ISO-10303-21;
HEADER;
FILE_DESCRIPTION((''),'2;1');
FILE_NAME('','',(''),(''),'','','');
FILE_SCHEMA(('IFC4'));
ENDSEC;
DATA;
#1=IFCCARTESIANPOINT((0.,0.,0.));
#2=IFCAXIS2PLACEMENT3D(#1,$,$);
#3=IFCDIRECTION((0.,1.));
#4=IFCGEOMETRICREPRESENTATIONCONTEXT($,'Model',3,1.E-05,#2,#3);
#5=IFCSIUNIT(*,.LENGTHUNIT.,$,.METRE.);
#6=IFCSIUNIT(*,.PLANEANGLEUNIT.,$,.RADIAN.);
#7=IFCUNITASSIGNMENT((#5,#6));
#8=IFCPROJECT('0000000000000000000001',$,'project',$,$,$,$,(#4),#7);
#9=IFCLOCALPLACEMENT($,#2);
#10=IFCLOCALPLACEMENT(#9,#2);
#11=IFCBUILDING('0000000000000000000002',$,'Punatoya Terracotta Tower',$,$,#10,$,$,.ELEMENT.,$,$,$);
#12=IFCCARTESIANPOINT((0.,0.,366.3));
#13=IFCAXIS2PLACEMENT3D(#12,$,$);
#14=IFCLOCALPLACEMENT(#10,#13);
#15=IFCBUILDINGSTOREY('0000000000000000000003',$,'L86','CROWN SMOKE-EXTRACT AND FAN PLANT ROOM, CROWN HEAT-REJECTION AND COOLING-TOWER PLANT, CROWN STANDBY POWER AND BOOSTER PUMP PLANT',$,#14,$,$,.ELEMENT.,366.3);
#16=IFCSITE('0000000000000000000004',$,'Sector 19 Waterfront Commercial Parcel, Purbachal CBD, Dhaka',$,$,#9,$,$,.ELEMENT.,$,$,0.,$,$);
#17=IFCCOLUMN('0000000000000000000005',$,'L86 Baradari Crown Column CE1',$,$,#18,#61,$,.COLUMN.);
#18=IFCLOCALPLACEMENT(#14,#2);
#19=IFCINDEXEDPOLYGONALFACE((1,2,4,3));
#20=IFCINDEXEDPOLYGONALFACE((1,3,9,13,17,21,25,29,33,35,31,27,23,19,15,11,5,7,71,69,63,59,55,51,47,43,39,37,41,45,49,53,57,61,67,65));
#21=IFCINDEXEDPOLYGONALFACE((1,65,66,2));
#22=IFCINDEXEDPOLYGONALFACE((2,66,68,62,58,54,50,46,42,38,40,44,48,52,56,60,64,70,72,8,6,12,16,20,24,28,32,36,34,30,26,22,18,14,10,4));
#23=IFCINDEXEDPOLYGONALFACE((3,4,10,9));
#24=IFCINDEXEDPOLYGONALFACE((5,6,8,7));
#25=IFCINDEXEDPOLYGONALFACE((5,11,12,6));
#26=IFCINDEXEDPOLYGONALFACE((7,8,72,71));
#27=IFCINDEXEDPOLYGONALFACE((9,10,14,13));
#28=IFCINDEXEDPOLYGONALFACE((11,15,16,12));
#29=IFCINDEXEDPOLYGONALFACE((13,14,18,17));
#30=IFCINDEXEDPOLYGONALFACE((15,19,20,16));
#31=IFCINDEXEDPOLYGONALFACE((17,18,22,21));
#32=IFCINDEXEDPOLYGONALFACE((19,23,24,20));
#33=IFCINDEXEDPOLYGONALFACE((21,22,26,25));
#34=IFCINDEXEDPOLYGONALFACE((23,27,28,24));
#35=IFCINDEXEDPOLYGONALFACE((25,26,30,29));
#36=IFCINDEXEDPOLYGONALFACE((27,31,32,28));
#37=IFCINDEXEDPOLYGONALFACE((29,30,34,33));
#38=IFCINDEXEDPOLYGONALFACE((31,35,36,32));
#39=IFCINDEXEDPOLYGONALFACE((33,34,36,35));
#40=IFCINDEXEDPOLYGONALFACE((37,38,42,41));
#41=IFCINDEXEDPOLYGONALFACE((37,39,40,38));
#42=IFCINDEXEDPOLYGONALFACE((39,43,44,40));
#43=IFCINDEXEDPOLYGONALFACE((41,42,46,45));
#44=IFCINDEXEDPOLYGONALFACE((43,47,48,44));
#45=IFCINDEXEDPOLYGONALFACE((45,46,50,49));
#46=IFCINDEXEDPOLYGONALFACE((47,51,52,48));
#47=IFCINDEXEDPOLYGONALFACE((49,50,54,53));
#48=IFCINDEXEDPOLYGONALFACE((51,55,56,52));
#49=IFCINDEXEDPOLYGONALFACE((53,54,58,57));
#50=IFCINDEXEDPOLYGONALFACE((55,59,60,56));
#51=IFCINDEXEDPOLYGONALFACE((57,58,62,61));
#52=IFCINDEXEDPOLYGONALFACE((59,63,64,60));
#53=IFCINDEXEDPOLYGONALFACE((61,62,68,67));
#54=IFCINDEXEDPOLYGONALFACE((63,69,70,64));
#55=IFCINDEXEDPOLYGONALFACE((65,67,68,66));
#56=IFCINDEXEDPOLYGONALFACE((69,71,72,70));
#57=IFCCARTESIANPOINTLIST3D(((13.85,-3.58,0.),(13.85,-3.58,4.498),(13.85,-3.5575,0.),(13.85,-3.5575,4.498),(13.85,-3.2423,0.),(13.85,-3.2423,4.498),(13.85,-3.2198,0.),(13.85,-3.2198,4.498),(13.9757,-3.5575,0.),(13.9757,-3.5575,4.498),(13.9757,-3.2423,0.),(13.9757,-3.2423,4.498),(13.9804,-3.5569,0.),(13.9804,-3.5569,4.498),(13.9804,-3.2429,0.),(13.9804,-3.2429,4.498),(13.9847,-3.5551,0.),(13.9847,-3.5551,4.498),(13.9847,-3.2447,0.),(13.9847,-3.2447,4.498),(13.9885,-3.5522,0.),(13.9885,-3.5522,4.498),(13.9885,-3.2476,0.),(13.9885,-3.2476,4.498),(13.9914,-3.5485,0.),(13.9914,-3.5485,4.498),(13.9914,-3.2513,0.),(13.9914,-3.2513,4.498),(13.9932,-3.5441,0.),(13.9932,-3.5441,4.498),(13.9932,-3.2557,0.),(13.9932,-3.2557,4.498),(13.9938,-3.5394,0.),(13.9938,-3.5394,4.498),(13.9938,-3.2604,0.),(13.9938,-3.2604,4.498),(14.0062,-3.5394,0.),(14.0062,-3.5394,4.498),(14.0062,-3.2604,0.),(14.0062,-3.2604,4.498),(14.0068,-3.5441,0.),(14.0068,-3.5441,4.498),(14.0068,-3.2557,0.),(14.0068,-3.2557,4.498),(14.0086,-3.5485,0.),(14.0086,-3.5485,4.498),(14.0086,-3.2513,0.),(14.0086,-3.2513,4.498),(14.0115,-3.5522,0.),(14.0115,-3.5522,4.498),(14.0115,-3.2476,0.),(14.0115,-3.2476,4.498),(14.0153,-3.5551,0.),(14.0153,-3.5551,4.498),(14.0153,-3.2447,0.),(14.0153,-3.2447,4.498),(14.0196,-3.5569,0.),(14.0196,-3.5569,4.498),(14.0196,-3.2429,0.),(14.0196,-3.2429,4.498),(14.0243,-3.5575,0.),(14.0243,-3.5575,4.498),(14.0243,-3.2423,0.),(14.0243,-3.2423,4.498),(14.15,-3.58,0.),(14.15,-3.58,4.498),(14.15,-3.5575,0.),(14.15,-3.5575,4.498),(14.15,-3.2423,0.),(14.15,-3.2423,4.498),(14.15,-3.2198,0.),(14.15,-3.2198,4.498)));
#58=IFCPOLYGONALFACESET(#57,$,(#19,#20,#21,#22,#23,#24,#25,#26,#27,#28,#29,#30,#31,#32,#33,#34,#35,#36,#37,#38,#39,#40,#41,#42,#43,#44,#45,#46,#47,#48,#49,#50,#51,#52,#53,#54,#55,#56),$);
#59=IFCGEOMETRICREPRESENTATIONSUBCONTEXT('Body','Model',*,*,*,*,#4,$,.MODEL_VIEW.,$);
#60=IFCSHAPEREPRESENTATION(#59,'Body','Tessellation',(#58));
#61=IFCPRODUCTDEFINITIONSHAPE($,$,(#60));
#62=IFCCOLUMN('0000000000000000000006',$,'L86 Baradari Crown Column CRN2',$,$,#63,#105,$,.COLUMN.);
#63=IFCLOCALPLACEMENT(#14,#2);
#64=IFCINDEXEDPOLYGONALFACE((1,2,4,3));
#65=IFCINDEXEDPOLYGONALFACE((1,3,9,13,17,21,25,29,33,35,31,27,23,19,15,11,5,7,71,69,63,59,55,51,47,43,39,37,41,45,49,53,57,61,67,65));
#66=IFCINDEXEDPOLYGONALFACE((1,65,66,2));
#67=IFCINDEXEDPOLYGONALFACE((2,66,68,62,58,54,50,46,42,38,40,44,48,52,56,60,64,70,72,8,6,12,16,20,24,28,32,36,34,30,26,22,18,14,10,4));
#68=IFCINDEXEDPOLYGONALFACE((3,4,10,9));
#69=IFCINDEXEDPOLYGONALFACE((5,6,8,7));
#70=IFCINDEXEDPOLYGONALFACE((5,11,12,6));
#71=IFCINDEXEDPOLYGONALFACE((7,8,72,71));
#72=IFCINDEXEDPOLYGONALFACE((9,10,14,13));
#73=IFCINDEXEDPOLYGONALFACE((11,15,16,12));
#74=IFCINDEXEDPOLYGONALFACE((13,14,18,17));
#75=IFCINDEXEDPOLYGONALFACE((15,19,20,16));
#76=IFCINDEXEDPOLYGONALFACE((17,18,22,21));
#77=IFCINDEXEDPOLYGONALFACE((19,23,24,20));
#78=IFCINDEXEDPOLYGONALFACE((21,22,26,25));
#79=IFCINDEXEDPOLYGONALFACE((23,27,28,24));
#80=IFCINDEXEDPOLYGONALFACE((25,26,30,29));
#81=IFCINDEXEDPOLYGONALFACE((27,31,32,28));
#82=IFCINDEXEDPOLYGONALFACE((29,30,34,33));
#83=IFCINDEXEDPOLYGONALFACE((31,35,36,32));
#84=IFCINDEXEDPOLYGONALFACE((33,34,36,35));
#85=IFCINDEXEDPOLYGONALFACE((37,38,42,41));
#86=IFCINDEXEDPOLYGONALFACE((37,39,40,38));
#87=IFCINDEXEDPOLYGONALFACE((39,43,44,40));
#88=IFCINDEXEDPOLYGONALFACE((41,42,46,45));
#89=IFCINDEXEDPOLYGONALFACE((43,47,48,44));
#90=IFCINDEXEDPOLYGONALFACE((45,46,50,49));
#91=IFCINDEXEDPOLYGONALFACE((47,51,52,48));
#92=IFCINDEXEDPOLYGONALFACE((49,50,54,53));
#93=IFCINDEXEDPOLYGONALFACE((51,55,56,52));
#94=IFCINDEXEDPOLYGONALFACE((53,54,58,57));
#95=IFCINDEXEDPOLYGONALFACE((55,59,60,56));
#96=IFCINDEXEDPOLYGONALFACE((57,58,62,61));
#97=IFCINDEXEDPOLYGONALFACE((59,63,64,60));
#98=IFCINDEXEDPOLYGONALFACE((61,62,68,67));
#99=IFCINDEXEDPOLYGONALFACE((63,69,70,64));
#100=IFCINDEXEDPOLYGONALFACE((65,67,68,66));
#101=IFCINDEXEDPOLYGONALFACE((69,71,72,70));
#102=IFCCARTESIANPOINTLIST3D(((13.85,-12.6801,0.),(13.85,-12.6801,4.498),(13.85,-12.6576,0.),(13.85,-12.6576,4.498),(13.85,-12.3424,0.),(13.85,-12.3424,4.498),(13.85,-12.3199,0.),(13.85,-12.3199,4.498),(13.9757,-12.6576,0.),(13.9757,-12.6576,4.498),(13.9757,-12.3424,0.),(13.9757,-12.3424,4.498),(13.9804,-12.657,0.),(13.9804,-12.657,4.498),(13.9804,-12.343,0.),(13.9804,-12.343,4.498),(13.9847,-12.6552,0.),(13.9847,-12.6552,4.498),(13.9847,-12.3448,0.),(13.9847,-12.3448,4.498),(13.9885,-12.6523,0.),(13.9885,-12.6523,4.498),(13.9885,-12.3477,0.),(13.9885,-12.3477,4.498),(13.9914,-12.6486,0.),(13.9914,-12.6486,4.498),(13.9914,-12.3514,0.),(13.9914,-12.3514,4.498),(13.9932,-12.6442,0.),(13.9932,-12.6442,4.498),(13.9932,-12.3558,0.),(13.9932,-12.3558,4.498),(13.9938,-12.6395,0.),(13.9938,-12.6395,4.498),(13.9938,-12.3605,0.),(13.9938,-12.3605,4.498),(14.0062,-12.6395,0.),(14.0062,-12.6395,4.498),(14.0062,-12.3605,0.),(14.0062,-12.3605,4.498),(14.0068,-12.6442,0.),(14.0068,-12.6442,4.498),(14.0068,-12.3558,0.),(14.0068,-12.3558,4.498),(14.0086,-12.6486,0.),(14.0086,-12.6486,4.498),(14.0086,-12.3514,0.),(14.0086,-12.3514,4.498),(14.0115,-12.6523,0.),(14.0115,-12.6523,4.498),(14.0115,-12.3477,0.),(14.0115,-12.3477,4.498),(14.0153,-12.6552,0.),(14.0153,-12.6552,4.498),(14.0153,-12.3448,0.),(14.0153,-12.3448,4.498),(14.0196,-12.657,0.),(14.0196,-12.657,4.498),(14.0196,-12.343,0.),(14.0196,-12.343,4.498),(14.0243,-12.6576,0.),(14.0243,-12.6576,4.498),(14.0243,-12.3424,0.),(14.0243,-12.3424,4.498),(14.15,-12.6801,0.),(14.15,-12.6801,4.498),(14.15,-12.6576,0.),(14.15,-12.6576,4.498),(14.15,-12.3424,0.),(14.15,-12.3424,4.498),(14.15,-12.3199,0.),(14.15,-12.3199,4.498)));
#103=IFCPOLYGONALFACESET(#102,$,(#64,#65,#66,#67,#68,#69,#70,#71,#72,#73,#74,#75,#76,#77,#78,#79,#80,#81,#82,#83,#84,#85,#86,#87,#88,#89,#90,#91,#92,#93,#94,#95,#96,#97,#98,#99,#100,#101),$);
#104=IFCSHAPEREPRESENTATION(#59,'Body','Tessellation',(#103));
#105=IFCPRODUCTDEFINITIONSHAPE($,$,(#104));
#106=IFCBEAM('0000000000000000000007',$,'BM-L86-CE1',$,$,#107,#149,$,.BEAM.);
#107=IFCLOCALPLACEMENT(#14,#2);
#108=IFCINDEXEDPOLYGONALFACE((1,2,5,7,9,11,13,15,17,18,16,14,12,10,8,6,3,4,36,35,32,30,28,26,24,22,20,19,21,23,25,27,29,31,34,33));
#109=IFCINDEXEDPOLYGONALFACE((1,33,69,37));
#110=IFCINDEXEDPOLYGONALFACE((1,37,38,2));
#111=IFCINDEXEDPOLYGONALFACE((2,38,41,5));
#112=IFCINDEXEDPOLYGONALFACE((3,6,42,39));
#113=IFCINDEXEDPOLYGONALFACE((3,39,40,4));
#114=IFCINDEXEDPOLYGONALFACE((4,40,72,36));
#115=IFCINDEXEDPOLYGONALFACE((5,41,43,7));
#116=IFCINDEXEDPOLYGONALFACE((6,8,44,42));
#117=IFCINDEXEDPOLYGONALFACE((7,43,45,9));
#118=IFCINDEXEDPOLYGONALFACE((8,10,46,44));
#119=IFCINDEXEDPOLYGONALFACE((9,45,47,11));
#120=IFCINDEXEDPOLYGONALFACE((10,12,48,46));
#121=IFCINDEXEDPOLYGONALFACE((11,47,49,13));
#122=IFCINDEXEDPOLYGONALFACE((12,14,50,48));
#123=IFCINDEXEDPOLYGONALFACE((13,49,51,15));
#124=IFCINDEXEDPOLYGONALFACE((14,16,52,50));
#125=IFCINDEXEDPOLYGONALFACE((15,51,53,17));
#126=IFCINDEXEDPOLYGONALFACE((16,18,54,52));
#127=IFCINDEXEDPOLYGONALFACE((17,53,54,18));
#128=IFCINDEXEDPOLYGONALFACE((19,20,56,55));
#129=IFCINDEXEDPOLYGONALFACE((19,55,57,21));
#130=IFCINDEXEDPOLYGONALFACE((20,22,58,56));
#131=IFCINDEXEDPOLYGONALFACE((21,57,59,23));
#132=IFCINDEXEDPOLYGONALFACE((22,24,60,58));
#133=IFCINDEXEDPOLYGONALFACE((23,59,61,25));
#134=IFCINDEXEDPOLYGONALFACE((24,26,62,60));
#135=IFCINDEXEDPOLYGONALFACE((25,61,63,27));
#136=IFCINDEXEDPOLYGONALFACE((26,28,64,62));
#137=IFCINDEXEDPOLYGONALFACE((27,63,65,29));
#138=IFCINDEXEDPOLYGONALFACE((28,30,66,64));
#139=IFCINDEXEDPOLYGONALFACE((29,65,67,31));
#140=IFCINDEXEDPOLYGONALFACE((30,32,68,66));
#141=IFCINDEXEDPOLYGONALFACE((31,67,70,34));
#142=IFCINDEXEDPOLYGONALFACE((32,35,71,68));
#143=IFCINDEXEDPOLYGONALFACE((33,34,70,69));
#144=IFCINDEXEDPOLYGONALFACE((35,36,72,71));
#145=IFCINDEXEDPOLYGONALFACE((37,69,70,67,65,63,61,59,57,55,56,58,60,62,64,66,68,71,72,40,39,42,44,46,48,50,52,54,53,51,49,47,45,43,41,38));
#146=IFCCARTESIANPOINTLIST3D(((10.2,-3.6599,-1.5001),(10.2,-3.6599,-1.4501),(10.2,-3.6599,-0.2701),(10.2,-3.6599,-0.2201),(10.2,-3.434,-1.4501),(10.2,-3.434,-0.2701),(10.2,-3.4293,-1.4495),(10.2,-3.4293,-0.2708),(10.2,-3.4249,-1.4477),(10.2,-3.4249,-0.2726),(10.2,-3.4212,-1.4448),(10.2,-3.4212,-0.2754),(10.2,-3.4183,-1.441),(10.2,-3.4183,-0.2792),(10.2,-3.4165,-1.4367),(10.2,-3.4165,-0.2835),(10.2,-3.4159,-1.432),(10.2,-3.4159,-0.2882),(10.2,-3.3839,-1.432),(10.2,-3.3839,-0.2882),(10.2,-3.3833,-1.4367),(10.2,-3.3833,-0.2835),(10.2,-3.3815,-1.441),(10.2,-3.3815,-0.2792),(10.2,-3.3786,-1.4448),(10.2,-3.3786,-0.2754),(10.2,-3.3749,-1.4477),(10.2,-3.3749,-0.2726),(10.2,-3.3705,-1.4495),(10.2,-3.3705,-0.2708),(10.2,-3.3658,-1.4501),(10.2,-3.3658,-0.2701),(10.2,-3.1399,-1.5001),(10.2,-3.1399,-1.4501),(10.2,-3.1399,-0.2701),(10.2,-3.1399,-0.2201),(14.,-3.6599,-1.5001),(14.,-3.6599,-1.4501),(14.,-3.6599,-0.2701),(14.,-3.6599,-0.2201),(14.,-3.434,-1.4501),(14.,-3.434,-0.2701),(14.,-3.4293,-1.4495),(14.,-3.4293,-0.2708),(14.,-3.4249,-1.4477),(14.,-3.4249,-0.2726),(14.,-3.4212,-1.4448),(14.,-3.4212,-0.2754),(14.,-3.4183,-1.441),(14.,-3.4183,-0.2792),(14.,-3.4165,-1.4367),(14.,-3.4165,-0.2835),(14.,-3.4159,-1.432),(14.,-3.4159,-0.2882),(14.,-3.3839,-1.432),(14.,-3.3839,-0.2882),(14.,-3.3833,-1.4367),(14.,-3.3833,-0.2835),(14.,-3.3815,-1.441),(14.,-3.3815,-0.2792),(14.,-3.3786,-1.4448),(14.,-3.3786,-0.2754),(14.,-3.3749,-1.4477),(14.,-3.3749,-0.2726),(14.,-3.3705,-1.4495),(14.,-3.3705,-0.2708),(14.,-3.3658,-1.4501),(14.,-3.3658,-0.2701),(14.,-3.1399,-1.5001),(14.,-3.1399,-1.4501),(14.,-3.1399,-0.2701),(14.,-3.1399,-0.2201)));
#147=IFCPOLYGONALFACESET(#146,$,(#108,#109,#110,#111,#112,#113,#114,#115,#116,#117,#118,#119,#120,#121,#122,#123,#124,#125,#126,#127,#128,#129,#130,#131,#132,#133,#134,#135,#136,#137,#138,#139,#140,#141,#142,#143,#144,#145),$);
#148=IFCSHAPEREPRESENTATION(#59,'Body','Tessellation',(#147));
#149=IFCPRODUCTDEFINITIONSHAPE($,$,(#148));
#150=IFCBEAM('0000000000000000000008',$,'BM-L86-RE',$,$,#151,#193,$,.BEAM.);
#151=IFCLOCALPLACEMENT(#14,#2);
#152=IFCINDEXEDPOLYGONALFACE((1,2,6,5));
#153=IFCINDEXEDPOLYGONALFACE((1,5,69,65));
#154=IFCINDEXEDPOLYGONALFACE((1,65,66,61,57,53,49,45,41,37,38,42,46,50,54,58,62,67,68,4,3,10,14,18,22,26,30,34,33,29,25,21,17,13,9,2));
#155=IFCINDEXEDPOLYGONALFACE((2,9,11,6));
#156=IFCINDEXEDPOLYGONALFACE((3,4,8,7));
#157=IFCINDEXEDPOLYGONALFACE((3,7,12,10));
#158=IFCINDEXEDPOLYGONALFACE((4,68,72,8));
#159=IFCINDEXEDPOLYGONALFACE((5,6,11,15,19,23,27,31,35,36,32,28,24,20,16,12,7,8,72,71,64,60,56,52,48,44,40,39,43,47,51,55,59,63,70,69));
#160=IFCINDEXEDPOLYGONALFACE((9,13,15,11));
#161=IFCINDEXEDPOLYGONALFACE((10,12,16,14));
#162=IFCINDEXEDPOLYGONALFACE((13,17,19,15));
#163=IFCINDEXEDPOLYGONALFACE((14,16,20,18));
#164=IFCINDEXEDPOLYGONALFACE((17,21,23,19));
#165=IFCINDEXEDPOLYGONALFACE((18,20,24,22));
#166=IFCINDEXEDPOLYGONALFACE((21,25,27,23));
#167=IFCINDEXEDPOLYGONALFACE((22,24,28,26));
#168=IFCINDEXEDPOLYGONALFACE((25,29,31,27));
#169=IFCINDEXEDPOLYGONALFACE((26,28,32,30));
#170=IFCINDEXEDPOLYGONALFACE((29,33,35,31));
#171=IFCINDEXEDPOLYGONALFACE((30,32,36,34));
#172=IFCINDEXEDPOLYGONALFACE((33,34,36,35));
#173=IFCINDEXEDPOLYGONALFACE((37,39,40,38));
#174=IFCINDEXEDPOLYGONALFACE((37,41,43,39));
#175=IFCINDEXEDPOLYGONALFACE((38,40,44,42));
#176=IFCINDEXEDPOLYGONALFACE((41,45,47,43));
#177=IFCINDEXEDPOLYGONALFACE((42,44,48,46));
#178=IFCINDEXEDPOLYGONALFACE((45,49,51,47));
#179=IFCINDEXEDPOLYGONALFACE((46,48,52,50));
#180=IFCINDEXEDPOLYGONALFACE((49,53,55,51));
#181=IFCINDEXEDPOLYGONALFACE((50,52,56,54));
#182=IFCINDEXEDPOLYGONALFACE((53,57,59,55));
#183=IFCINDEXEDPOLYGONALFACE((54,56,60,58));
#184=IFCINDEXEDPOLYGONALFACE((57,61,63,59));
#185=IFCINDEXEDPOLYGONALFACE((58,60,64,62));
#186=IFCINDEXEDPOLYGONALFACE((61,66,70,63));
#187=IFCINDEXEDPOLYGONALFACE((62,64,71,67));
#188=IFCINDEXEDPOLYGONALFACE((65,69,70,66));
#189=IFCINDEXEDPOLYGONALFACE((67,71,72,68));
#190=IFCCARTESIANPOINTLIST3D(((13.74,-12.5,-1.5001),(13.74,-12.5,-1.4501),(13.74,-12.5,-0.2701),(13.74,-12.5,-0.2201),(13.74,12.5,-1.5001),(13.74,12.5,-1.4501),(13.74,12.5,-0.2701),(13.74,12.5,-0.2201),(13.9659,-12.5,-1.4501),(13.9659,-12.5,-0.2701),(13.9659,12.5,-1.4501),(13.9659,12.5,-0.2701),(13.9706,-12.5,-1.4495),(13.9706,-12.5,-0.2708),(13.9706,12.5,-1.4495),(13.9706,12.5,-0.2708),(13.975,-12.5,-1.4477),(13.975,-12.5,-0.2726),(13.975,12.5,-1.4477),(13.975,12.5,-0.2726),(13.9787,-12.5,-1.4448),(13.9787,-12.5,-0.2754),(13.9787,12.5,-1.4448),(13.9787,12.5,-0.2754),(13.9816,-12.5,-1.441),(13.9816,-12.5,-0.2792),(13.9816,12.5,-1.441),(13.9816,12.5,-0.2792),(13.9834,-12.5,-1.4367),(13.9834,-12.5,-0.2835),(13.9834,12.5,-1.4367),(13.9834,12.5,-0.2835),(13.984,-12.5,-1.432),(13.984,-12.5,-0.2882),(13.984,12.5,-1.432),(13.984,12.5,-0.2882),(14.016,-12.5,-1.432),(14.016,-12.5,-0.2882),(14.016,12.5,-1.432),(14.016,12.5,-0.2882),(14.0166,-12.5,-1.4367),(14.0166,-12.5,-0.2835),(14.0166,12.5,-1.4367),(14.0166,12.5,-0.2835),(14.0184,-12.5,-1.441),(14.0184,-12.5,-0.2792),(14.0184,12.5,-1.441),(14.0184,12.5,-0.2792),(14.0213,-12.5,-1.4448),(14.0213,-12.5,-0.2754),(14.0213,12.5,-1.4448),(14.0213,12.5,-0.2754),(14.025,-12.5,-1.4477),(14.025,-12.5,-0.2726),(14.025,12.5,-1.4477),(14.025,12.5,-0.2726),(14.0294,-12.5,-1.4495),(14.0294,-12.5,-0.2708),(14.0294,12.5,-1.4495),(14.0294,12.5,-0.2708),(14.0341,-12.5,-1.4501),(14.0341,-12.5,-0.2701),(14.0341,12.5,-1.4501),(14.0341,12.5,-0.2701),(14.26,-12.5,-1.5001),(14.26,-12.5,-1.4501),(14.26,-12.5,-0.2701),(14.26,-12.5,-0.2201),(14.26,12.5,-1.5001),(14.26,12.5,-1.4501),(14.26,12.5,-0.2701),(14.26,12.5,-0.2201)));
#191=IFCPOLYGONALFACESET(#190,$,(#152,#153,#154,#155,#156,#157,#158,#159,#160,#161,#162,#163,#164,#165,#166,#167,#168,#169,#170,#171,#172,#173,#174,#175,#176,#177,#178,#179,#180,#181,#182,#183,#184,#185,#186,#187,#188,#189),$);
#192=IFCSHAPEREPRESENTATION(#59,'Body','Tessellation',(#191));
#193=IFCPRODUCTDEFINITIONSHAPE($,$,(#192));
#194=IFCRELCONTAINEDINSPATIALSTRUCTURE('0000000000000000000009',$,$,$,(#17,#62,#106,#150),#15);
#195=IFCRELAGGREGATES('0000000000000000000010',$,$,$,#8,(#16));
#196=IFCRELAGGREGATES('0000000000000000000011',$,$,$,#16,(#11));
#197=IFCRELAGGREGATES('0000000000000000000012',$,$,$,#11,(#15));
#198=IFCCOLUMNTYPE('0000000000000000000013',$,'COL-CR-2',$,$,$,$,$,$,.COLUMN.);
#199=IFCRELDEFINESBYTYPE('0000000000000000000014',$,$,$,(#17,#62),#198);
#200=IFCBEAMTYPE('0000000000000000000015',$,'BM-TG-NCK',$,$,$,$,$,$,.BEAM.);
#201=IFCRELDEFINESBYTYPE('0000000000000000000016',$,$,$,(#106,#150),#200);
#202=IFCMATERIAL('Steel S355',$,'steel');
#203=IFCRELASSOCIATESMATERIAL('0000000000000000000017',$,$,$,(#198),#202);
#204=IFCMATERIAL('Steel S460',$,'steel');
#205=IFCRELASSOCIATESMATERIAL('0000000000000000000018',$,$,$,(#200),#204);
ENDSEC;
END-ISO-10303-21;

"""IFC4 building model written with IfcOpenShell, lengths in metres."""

from ifc_helpers import new_model, si_unit, direction, frame, origin, origin_2d, place, context, subcontext, project, spatial, i_section, extrude, material, material_profile, profile_set, type_object, element, save


model = new_model("IFC4")

# Units and contexts
model_context = context("Model", 3, precision=1e-05, world=origin(), true_north=direction((0.0, 1.0)))
body_context = subcontext(model_context, "Body", "Model", "MODEL_VIEW")
ifc_project = project(units=[si_unit("LENGTHUNIT", "METRE"), si_unit("PLANEANGLEUNIT", "RADIAN")], contexts=[model_context])

# Site, building, storey
site_placement = place(None, origin())
site = spatial("IfcSite", under=ifc_project, at=site_placement, Name="Sector 19 Waterfront Commercial Parcel, Purbachal CBD, Dhaka", CompositionType="ELEMENT", RefElevation=0.0)
building_placement = place(site_placement, origin())
building = spatial("IfcBuilding", under=site, at=building_placement, Name="Punatoya Terracotta Tower", CompositionType="ELEMENT")
storey_placement = place(building_placement, frame((0.0, 0.0, 366.3)))
storey = spatial("IfcBuildingStorey", under=building, at=storey_placement, Name="L86", Description="CROWN SMOKE-EXTRACT AND FAN PLANT ROOM, CROWN HEAT-REJECTION AND COOLING-TOWER PLANT, CROWN STANDBY POWER AND BOOSTER PUMP PLANT", CompositionType="ELEMENT", Elevation=366.3)

# Columns
ifc_material_1 = material(Name="Steel S355", Category="steel")
ifc_material_profile_1 = material_profile(ifc_material_1, i_section(OverallWidth=0.3, OverallDepth=0.3601, WebThickness=0.0125, FlangeThickness=0.0225, FilletRadius=0.0181, at=origin_2d()))
ifc_profile_set_1 = profile_set([ifc_material_profile_1], Name="Steel S355")
column_type = type_object("IfcColumnType", Name="COL-CR-2", PredefinedType="COLUMN", material=ifc_profile_set_1)
for number, where, z_axis, x_axis, name in (
    (1, (14.0, -3.3999, 0.0), (0.0, 0.0, 1.0), (1.0, 0.0, 0.0), "L86 Baradari Crown Column CE1"),
    (2, (14.0, -12.5, 0.0), (0.0, 0.0, 1.0), (1.0, 0.0, 0.0), "L86 Baradari Crown Column CRN2"),
):
    element("IfcColumn", number, at=place(storey_placement, frame(where, z_axis=z_axis, x_axis=x_axis)), inside=storey, type_object=column_type, Name=name, PredefinedType="COLUMN", context=body_context, shape_type="SweptSolid", body=[
        extrude(i_section(OverallWidth=0.3, OverallDepth=0.3601, WebThickness=0.0125, FlangeThickness=0.0225, FilletRadius=0.0181, at=origin_2d()), origin(), (0.0, 0.0, 1.0), 4.498),
    ])

# Beams
ifc_material_2 = material(Name="Steel S460", Category="steel")
ifc_material_profile_2 = material_profile(ifc_material_2, i_section(OverallWidth=0.52, OverallDepth=1.28, WebThickness=0.032, FlangeThickness=0.05, FilletRadius=0.0181, at=origin_2d()))
ifc_profile_set_2 = profile_set([ifc_material_profile_2], Name="Steel S460")
beam_type = type_object("IfcBeamType", Name="BM-TG-NCK", PredefinedType="BEAM", material=ifc_profile_set_2)
beam_1_placement = place(storey_placement, frame((10.2, -3.3999, -0.8601), z_axis=(1.0, 0.0, 0.0), x_axis=(0.0, 1.0, 0.0)))
element("IfcBeam", 3, at=beam_1_placement, inside=storey, type_object=beam_type, Name="BM-L86-CE1", PredefinedType="BEAM", context=body_context, shape_type="SweptSolid", body=[
    extrude(i_section(OverallWidth=0.52, OverallDepth=1.28, WebThickness=0.032, FlangeThickness=0.05, FilletRadius=0.0181, at=origin_2d()), origin(), (0.0, 0.0, 1.0), 3.8),
])
beam_2_placement = place(storey_placement, frame((14.0, -12.5, -0.8601), z_axis=(0.0, 1.0, 0.0), x_axis=(-1.0, 0.0, 0.0)))
element("IfcBeam", 4, at=beam_2_placement, inside=storey, type_object=beam_type, Name="BM-L86-RE", PredefinedType="BEAM", context=body_context, shape_type="SweptSolid", body=[
    extrude(i_section(OverallWidth=0.52, OverallDepth=1.28, WebThickness=0.032, FlangeThickness=0.05, FilletRadius=0.0181, at=origin_2d()), origin(), (0.0, 0.0, 1.0), 25.0),
])

save(model, "model.ifc")
